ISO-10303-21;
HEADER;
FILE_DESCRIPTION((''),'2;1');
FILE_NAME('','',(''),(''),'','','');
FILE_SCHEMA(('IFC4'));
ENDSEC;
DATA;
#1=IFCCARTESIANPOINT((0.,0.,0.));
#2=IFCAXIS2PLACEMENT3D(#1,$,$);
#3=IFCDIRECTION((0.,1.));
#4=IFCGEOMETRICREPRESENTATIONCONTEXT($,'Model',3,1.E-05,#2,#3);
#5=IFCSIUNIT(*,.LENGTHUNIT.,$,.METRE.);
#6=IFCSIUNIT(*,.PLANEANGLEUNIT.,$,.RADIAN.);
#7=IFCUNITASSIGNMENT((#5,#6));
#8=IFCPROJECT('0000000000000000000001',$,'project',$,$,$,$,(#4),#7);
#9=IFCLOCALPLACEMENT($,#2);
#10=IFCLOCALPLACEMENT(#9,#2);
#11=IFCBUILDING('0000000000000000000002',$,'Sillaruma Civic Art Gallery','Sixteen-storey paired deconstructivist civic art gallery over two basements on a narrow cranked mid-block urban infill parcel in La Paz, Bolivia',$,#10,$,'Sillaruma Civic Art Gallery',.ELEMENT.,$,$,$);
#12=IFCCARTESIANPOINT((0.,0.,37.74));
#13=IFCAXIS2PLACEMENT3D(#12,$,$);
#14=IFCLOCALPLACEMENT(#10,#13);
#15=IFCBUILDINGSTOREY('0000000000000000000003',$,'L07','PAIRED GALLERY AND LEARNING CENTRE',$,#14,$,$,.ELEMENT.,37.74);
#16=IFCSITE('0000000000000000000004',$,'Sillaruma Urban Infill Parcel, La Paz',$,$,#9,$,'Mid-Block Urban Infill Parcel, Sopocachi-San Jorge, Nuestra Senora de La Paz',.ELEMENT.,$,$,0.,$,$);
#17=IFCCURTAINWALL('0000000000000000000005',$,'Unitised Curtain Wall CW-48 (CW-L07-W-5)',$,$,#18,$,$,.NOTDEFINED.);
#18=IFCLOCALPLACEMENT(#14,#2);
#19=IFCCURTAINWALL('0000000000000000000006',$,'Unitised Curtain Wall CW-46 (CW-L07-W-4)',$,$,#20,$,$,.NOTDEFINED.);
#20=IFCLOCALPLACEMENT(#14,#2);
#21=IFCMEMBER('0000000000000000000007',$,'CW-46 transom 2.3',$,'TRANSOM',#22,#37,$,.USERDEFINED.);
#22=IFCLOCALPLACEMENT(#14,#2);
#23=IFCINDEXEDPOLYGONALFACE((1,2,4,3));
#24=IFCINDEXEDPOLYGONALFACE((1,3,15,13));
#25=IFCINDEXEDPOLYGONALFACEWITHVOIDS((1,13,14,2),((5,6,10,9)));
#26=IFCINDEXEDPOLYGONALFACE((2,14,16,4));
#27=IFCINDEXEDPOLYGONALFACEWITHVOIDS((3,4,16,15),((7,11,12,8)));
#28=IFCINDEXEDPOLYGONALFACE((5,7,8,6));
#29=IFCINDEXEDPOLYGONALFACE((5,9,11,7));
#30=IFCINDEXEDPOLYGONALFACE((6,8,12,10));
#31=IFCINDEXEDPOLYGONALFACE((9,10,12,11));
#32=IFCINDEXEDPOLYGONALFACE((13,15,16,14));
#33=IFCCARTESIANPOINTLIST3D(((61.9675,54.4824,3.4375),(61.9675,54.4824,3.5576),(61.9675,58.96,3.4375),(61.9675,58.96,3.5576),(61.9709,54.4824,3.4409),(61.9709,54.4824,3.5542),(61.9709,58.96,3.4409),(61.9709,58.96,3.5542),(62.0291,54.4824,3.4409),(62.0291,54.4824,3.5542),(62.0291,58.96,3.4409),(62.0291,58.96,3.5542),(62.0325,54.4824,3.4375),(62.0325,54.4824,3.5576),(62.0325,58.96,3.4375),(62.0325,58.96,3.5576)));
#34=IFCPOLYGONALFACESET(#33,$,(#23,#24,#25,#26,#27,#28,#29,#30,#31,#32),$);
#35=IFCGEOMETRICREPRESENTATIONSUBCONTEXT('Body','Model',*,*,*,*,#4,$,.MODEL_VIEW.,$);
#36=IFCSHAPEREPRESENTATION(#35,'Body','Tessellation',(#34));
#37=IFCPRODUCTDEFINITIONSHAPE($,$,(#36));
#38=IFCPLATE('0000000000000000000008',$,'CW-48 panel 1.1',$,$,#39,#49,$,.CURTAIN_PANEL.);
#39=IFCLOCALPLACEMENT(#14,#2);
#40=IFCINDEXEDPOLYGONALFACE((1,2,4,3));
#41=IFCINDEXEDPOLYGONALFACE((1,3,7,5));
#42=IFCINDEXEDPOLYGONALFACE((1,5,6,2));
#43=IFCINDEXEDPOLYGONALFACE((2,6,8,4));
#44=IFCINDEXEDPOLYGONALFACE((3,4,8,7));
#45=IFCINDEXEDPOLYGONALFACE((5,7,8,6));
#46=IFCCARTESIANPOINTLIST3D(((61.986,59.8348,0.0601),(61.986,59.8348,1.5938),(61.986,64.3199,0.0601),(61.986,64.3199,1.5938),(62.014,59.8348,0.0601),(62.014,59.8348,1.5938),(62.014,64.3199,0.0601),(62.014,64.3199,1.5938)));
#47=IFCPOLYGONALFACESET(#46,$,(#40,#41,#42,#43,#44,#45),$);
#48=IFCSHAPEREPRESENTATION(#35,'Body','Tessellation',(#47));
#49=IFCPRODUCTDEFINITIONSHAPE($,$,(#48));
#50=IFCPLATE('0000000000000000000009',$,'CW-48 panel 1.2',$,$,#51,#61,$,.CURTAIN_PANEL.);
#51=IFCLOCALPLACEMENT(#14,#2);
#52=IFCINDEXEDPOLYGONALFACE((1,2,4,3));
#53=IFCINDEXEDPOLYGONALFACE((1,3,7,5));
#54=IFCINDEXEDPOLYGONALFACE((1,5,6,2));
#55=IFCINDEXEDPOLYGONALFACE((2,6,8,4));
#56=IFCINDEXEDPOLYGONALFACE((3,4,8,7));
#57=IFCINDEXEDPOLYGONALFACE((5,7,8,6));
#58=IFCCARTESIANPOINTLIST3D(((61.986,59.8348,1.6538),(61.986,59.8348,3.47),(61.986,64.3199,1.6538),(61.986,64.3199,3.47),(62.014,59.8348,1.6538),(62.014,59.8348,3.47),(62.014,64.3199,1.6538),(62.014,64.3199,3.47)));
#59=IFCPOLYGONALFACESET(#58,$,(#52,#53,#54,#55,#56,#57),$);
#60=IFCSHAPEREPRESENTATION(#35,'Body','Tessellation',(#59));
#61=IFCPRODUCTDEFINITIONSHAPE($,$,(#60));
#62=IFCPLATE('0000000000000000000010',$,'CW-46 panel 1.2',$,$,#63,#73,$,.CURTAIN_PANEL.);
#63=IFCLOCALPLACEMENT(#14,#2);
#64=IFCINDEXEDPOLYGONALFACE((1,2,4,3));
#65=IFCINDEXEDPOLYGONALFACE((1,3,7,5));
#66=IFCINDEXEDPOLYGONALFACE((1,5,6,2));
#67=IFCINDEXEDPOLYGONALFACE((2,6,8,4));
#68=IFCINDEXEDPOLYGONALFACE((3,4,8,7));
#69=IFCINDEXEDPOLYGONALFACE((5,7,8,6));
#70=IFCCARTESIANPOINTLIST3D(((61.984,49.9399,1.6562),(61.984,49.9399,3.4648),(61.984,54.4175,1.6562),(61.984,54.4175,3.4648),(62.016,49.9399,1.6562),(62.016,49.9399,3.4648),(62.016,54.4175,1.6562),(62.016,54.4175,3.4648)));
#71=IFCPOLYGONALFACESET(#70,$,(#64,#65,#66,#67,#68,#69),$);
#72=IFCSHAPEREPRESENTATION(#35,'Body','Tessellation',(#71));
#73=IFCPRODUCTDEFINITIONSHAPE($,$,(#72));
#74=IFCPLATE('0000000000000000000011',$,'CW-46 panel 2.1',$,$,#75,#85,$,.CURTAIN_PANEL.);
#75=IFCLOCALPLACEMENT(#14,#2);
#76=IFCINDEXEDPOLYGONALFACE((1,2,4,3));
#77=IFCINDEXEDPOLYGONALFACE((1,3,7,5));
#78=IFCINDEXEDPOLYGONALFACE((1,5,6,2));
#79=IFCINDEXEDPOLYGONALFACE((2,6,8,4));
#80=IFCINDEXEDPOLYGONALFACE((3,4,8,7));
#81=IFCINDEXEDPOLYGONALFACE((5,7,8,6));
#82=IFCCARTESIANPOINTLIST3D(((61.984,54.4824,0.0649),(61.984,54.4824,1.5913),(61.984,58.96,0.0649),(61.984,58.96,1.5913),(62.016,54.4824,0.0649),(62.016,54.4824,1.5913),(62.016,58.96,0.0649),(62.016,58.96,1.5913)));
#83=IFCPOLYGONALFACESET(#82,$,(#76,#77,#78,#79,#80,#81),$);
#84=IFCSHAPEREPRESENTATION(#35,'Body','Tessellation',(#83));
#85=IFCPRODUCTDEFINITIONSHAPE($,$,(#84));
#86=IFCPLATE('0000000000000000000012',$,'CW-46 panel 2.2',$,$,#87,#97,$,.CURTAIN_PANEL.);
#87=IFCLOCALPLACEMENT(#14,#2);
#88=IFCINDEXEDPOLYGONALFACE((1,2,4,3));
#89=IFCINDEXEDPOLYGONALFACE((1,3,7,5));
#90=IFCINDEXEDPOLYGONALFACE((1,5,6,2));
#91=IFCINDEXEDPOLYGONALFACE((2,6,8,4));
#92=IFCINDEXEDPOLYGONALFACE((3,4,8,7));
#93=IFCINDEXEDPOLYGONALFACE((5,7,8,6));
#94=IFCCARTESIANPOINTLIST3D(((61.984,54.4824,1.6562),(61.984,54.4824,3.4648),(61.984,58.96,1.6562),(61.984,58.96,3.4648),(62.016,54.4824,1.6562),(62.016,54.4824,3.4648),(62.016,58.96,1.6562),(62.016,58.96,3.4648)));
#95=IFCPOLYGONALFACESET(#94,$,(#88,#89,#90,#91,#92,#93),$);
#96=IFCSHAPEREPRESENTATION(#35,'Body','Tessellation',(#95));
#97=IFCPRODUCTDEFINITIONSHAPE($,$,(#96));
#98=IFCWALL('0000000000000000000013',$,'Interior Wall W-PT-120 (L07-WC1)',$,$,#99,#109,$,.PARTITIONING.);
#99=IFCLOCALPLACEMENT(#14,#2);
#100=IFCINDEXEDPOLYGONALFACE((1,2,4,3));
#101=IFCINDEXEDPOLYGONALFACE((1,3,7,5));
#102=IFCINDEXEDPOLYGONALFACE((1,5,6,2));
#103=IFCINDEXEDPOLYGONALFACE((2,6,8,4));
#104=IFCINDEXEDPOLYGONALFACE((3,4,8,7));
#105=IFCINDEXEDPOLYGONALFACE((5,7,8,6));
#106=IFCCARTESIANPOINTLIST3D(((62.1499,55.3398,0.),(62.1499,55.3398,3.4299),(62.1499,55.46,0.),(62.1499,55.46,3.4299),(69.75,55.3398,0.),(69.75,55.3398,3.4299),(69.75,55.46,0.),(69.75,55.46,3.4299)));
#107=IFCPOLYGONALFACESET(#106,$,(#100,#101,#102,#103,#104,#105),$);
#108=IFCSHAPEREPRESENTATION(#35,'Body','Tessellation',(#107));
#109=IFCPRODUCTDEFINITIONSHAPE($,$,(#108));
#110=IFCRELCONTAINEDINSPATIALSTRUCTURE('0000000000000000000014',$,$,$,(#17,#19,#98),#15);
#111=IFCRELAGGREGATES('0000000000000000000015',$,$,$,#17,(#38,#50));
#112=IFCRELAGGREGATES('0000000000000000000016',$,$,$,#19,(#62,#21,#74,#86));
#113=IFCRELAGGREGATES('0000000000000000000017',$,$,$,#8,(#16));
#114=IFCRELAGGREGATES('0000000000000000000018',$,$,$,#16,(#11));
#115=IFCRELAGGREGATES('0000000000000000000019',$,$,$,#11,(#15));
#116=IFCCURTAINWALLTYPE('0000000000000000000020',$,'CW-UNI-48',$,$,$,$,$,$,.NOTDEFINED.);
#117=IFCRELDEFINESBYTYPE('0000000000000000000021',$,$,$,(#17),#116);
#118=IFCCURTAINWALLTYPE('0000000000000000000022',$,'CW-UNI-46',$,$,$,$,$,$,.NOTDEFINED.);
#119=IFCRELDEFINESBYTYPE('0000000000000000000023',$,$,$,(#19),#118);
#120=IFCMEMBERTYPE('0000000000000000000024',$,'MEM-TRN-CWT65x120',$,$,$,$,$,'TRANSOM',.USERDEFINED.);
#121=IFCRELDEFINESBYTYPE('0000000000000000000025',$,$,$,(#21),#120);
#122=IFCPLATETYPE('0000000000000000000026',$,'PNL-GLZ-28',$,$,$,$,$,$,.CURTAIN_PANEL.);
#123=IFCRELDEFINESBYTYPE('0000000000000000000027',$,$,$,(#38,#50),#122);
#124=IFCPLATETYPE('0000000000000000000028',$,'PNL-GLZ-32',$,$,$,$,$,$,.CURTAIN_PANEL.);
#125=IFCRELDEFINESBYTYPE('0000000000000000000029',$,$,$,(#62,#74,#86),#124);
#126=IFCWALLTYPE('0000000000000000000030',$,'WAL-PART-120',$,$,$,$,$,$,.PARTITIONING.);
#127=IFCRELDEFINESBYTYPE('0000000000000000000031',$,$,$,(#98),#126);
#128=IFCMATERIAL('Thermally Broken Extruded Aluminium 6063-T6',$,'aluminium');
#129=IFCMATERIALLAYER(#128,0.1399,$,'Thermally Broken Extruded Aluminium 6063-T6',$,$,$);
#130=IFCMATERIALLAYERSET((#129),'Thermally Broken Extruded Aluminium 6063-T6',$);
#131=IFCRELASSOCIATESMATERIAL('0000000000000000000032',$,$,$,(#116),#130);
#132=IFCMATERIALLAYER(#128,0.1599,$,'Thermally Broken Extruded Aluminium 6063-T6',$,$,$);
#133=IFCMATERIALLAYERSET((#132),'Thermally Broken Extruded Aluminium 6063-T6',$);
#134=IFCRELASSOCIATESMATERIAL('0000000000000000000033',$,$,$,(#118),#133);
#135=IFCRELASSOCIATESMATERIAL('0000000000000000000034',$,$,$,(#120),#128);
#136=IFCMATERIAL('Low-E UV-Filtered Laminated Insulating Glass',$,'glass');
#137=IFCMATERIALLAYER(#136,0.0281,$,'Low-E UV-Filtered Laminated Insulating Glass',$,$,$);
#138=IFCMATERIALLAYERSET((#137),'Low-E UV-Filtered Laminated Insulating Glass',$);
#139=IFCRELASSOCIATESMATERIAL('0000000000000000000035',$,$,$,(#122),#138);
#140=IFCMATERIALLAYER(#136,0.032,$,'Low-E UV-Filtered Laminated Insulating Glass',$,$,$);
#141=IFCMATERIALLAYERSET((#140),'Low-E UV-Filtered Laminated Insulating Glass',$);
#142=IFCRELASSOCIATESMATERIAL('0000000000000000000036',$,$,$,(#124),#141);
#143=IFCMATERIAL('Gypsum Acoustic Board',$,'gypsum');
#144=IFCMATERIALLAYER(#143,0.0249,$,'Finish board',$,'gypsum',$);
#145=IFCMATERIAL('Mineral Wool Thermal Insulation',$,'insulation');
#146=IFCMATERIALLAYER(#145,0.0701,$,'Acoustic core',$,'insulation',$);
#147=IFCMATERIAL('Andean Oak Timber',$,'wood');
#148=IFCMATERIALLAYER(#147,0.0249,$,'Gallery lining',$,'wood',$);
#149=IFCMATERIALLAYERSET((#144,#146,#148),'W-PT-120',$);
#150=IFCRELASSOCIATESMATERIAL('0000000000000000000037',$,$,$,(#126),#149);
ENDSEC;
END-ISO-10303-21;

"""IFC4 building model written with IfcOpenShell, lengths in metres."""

from ifc_helpers import new_model, si_unit, direction, frame, frame_2d, origin, origin_2d, place, context, subcontext, project, spatial, rectangle, hollow_rectangle, extrude, material, layer, layer_set, material_profile, profile_set, type_object, element, aggregate, save


model = new_model("IFC4")

# Units and contexts
model_context = context("Model", 3, precision=1e-05, world=origin(), true_north=direction((0.0, 1.0)))
body_context = subcontext(model_context, "Body", "Model", "MODEL_VIEW")
ifc_project = project(units=[si_unit("LENGTHUNIT", "METRE"), si_unit("PLANEANGLEUNIT", "RADIAN")], contexts=[model_context])

# Site, building, storey
site_placement = place(None, origin())
site = spatial("IfcSite", under=ifc_project, at=site_placement, Name="Sillaruma Urban Infill Parcel, La Paz", LongName="Mid-Block Urban Infill Parcel, Sopocachi-San Jorge, Nuestra Senora de La Paz", CompositionType="ELEMENT", RefElevation=0.0)
building_placement = place(site_placement, origin())
building = spatial("IfcBuilding", under=site, at=building_placement, Name="Sillaruma Civic Art Gallery", Description="Sixteen-storey paired deconstructivist civic art gallery over two basements on a narrow cranked mid-block urban infill parcel in La Paz, Bolivia", LongName="Sillaruma Civic Art Gallery", CompositionType="ELEMENT")
storey_placement = place(building_placement, frame((0.0, 0.0, 37.74)))
storey = spatial("IfcBuildingStorey", under=building, at=storey_placement, Name="L07", Description="PAIRED GALLERY AND LEARNING CENTRE", CompositionType="ELEMENT", Elevation=37.74)

# Curtain wall
ifc_material_1 = material(Name="Thermally Broken Extruded Aluminium 6063-T6", Category="aluminium")
ifc_layer_1 = layer(ifc_material_1, 0.1399, Name="Thermally Broken Extruded Aluminium 6063-T6")
ifc_layer_set_1 = layer_set([ifc_layer_1], Name="Thermally Broken Extruded Aluminium 6063-T6")
curtain_wall_type_1 = type_object("IfcCurtainWallType", Name="CW-UNI-48", PredefinedType="NOTDEFINED", material=ifc_layer_set_1)
curtain_wall_1_placement = place(storey_placement, origin())
curtain_wall_1 = element("IfcCurtainWall", 1, at=curtain_wall_1_placement, inside=storey, type_object=curtain_wall_type_1, Name="Unitised Curtain Wall CW-48 (CW-L07-W-5)", PredefinedType="NOTDEFINED")

# Curtain wall
ifc_layer_2 = layer(ifc_material_1, 0.1599, Name="Thermally Broken Extruded Aluminium 6063-T6")
ifc_layer_set_2 = layer_set([ifc_layer_2], Name="Thermally Broken Extruded Aluminium 6063-T6")
curtain_wall_type_2 = type_object("IfcCurtainWallType", Name="CW-UNI-46", PredefinedType="NOTDEFINED", material=ifc_layer_set_2)
curtain_wall_2_placement = place(storey_placement, origin())
curtain_wall_2 = element("IfcCurtainWall", 2, at=curtain_wall_2_placement, inside=storey, type_object=curtain_wall_type_2, Name="Unitised Curtain Wall CW-46 (CW-L07-W-4)", PredefinedType="NOTDEFINED")

# Member
ifc_material_profile_1 = material_profile(ifc_material_1, hollow_rectangle(XDim=0.0649, YDim=0.1201, WallThickness=0.0034, at=origin_2d()), Name="CWT65x120")
ifc_profile_set_1 = profile_set([ifc_material_profile_1], Name="Thermally Broken Extruded Aluminium 6063-T6")
member_type_1 = type_object("IfcMemberType", Name="MEM-TRN-CWT65x120", ElementType="TRANSOM", PredefinedType="USERDEFINED", material=ifc_profile_set_1)
member_1_placement = place(storey_placement, frame((62.0, 54.4824, 3.4976), z_axis=(0.0, 1.0, 0.0), x_axis=(-1.0, 0.0, 0.0)))
member_1 = element("IfcMember", 3, at=member_1_placement, type_object=member_type_1, Name="CW-46 transom 2.3", ObjectType="TRANSOM", PredefinedType="USERDEFINED", context=body_context, shape_type="SweptSolid", body=[
    extrude(hollow_rectangle(XDim=0.0649, YDim=0.1201, WallThickness=0.0034, at=origin_2d()), origin(), (0.0, 0.0, 1.0), 4.4775),
])

# Plates
ifc_material_2 = material(Name="Low-E UV-Filtered Laminated Insulating Glass", Category="glass")
ifc_layer_3 = layer(ifc_material_2, 0.0281, Name="Low-E UV-Filtered Laminated Insulating Glass")
ifc_layer_set_3 = layer_set([ifc_layer_3], Name="Low-E UV-Filtered Laminated Insulating Glass")
plate_type_1 = type_object("IfcPlateType", Name="PNL-GLZ-28", PredefinedType="CURTAIN_PANEL", material=ifc_layer_set_3)
plate_1_placement = place(storey_placement, frame((62.0, 62.0774, 0.0601), z_axis=(0.0, 0.0, 1.0), x_axis=(0.0, 1.0, 0.0)))
plate_1 = element("IfcPlate", 4, at=plate_1_placement, type_object=plate_type_1, Name="CW-48 panel 1.1", PredefinedType="CURTAIN_PANEL", context=body_context, shape_type="SweptSolid", body=[
    extrude(rectangle(XDim=4.4851, YDim=0.0281, at=origin_2d()), origin(), (0.0, 0.0, 1.0), 1.5337),
])
plate_2_placement = place(storey_placement, frame((62.0, 62.0774, 1.6538), z_axis=(0.0, 0.0, 1.0), x_axis=(0.0, 1.0, 0.0)))
plate_2 = element("IfcPlate", 5, at=plate_2_placement, type_object=plate_type_1, Name="CW-48 panel 1.2", PredefinedType="CURTAIN_PANEL", context=body_context, shape_type="SweptSolid", body=[
    extrude(rectangle(XDim=4.4851, YDim=0.0281, at=origin_2d()), origin(), (0.0, 0.0, 1.0), 1.8162),
])
aggregate(curtain_wall_1, [plate_1, plate_2])
ifc_layer_4 = layer(ifc_material_2, 0.032, Name="Low-E UV-Filtered Laminated Insulating Glass")
ifc_layer_set_4 = layer_set([ifc_layer_4], Name="Low-E UV-Filtered Laminated Insulating Glass")
plate_type_2 = type_object("IfcPlateType", Name="PNL-GLZ-32", PredefinedType="CURTAIN_PANEL", material=ifc_layer_set_4)
plate_3_placement = place(storey_placement, frame((62.0, 52.1787, 1.6562), z_axis=(0.0, 0.0, 1.0), x_axis=(0.0, 1.0, 0.0)))
plate_3 = element("IfcPlate", 6, at=plate_3_placement, type_object=plate_type_2, Name="CW-46 panel 1.2", PredefinedType="CURTAIN_PANEL", context=body_context, shape_type="SweptSolid", body=[
    extrude(rectangle(XDim=4.4775, YDim=0.032, at=origin_2d()), origin(), (0.0, 0.0, 1.0), 1.8086),
])
plate_4_placement = place(storey_placement, frame((62.0, 56.7212, 0.0649), z_axis=(0.0, 0.0, 1.0), x_axis=(0.0, 1.0, 0.0)))
plate_4 = element("IfcPlate", 7, at=plate_4_placement, type_object=plate_type_2, Name="CW-46 panel 2.1", PredefinedType="CURTAIN_PANEL", context=body_context, shape_type="SweptSolid", body=[
    extrude(rectangle(XDim=4.4775, YDim=0.032, at=origin_2d()), origin(), (0.0, 0.0, 1.0), 1.5264),
])
plate_5_placement = place(storey_placement, frame((62.0, 56.7212, 1.6562), z_axis=(0.0, 0.0, 1.0), x_axis=(0.0, 1.0, 0.0)))
plate_5 = element("IfcPlate", 8, at=plate_5_placement, type_object=plate_type_2, Name="CW-46 panel 2.2", PredefinedType="CURTAIN_PANEL", context=body_context, shape_type="SweptSolid", body=[
    extrude(rectangle(XDim=4.4775, YDim=0.032, at=origin_2d()), origin(), (0.0, 0.0, 1.0), 1.8086),
])
aggregate(curtain_wall_2, [plate_3, member_1, plate_4, plate_5])

# Wall
ifc_material_3 = material(Name="Gypsum Acoustic Board", Category="gypsum")
ifc_layer_5 = layer(ifc_material_3, 0.0249, Name="Finish board", Category="gypsum")
ifc_material_4 = material(Name="Mineral Wool Thermal Insulation", Category="insulation")
ifc_layer_6 = layer(ifc_material_4, 0.0701, Name="Acoustic core", Category="insulation")
ifc_material_5 = material(Name="Andean Oak Timber", Category="wood")
ifc_layer_7 = layer(ifc_material_5, 0.0249, Name="Gallery lining", Category="wood")
ifc_layer_set_5 = layer_set([ifc_layer_5, ifc_layer_6, ifc_layer_7], Name="W-PT-120")
wall_type = type_object("IfcWallType", Name="WAL-PART-120", PredefinedType="PARTITIONING", material=ifc_layer_set_5)
wall_placement = place(storey_placement, frame((62.1499, 55.3999, 0.0), z_axis=(0.0, 0.0, 1.0), x_axis=(1.0, 0.0, 0.0)))
element("IfcWall", 9, at=wall_placement, inside=storey, type_object=wall_type, Name="Interior Wall W-PT-120 (L07-WC1)", PredefinedType="PARTITIONING", context=body_context, shape_type="SweptSolid", body=[
    extrude(rectangle(XDim=7.6001, YDim=0.1201, at=frame_2d((3.8, 0.0))), origin(), (0.0, 0.0, 1.0), 3.4299),
])

save(model, "model.ifc")
